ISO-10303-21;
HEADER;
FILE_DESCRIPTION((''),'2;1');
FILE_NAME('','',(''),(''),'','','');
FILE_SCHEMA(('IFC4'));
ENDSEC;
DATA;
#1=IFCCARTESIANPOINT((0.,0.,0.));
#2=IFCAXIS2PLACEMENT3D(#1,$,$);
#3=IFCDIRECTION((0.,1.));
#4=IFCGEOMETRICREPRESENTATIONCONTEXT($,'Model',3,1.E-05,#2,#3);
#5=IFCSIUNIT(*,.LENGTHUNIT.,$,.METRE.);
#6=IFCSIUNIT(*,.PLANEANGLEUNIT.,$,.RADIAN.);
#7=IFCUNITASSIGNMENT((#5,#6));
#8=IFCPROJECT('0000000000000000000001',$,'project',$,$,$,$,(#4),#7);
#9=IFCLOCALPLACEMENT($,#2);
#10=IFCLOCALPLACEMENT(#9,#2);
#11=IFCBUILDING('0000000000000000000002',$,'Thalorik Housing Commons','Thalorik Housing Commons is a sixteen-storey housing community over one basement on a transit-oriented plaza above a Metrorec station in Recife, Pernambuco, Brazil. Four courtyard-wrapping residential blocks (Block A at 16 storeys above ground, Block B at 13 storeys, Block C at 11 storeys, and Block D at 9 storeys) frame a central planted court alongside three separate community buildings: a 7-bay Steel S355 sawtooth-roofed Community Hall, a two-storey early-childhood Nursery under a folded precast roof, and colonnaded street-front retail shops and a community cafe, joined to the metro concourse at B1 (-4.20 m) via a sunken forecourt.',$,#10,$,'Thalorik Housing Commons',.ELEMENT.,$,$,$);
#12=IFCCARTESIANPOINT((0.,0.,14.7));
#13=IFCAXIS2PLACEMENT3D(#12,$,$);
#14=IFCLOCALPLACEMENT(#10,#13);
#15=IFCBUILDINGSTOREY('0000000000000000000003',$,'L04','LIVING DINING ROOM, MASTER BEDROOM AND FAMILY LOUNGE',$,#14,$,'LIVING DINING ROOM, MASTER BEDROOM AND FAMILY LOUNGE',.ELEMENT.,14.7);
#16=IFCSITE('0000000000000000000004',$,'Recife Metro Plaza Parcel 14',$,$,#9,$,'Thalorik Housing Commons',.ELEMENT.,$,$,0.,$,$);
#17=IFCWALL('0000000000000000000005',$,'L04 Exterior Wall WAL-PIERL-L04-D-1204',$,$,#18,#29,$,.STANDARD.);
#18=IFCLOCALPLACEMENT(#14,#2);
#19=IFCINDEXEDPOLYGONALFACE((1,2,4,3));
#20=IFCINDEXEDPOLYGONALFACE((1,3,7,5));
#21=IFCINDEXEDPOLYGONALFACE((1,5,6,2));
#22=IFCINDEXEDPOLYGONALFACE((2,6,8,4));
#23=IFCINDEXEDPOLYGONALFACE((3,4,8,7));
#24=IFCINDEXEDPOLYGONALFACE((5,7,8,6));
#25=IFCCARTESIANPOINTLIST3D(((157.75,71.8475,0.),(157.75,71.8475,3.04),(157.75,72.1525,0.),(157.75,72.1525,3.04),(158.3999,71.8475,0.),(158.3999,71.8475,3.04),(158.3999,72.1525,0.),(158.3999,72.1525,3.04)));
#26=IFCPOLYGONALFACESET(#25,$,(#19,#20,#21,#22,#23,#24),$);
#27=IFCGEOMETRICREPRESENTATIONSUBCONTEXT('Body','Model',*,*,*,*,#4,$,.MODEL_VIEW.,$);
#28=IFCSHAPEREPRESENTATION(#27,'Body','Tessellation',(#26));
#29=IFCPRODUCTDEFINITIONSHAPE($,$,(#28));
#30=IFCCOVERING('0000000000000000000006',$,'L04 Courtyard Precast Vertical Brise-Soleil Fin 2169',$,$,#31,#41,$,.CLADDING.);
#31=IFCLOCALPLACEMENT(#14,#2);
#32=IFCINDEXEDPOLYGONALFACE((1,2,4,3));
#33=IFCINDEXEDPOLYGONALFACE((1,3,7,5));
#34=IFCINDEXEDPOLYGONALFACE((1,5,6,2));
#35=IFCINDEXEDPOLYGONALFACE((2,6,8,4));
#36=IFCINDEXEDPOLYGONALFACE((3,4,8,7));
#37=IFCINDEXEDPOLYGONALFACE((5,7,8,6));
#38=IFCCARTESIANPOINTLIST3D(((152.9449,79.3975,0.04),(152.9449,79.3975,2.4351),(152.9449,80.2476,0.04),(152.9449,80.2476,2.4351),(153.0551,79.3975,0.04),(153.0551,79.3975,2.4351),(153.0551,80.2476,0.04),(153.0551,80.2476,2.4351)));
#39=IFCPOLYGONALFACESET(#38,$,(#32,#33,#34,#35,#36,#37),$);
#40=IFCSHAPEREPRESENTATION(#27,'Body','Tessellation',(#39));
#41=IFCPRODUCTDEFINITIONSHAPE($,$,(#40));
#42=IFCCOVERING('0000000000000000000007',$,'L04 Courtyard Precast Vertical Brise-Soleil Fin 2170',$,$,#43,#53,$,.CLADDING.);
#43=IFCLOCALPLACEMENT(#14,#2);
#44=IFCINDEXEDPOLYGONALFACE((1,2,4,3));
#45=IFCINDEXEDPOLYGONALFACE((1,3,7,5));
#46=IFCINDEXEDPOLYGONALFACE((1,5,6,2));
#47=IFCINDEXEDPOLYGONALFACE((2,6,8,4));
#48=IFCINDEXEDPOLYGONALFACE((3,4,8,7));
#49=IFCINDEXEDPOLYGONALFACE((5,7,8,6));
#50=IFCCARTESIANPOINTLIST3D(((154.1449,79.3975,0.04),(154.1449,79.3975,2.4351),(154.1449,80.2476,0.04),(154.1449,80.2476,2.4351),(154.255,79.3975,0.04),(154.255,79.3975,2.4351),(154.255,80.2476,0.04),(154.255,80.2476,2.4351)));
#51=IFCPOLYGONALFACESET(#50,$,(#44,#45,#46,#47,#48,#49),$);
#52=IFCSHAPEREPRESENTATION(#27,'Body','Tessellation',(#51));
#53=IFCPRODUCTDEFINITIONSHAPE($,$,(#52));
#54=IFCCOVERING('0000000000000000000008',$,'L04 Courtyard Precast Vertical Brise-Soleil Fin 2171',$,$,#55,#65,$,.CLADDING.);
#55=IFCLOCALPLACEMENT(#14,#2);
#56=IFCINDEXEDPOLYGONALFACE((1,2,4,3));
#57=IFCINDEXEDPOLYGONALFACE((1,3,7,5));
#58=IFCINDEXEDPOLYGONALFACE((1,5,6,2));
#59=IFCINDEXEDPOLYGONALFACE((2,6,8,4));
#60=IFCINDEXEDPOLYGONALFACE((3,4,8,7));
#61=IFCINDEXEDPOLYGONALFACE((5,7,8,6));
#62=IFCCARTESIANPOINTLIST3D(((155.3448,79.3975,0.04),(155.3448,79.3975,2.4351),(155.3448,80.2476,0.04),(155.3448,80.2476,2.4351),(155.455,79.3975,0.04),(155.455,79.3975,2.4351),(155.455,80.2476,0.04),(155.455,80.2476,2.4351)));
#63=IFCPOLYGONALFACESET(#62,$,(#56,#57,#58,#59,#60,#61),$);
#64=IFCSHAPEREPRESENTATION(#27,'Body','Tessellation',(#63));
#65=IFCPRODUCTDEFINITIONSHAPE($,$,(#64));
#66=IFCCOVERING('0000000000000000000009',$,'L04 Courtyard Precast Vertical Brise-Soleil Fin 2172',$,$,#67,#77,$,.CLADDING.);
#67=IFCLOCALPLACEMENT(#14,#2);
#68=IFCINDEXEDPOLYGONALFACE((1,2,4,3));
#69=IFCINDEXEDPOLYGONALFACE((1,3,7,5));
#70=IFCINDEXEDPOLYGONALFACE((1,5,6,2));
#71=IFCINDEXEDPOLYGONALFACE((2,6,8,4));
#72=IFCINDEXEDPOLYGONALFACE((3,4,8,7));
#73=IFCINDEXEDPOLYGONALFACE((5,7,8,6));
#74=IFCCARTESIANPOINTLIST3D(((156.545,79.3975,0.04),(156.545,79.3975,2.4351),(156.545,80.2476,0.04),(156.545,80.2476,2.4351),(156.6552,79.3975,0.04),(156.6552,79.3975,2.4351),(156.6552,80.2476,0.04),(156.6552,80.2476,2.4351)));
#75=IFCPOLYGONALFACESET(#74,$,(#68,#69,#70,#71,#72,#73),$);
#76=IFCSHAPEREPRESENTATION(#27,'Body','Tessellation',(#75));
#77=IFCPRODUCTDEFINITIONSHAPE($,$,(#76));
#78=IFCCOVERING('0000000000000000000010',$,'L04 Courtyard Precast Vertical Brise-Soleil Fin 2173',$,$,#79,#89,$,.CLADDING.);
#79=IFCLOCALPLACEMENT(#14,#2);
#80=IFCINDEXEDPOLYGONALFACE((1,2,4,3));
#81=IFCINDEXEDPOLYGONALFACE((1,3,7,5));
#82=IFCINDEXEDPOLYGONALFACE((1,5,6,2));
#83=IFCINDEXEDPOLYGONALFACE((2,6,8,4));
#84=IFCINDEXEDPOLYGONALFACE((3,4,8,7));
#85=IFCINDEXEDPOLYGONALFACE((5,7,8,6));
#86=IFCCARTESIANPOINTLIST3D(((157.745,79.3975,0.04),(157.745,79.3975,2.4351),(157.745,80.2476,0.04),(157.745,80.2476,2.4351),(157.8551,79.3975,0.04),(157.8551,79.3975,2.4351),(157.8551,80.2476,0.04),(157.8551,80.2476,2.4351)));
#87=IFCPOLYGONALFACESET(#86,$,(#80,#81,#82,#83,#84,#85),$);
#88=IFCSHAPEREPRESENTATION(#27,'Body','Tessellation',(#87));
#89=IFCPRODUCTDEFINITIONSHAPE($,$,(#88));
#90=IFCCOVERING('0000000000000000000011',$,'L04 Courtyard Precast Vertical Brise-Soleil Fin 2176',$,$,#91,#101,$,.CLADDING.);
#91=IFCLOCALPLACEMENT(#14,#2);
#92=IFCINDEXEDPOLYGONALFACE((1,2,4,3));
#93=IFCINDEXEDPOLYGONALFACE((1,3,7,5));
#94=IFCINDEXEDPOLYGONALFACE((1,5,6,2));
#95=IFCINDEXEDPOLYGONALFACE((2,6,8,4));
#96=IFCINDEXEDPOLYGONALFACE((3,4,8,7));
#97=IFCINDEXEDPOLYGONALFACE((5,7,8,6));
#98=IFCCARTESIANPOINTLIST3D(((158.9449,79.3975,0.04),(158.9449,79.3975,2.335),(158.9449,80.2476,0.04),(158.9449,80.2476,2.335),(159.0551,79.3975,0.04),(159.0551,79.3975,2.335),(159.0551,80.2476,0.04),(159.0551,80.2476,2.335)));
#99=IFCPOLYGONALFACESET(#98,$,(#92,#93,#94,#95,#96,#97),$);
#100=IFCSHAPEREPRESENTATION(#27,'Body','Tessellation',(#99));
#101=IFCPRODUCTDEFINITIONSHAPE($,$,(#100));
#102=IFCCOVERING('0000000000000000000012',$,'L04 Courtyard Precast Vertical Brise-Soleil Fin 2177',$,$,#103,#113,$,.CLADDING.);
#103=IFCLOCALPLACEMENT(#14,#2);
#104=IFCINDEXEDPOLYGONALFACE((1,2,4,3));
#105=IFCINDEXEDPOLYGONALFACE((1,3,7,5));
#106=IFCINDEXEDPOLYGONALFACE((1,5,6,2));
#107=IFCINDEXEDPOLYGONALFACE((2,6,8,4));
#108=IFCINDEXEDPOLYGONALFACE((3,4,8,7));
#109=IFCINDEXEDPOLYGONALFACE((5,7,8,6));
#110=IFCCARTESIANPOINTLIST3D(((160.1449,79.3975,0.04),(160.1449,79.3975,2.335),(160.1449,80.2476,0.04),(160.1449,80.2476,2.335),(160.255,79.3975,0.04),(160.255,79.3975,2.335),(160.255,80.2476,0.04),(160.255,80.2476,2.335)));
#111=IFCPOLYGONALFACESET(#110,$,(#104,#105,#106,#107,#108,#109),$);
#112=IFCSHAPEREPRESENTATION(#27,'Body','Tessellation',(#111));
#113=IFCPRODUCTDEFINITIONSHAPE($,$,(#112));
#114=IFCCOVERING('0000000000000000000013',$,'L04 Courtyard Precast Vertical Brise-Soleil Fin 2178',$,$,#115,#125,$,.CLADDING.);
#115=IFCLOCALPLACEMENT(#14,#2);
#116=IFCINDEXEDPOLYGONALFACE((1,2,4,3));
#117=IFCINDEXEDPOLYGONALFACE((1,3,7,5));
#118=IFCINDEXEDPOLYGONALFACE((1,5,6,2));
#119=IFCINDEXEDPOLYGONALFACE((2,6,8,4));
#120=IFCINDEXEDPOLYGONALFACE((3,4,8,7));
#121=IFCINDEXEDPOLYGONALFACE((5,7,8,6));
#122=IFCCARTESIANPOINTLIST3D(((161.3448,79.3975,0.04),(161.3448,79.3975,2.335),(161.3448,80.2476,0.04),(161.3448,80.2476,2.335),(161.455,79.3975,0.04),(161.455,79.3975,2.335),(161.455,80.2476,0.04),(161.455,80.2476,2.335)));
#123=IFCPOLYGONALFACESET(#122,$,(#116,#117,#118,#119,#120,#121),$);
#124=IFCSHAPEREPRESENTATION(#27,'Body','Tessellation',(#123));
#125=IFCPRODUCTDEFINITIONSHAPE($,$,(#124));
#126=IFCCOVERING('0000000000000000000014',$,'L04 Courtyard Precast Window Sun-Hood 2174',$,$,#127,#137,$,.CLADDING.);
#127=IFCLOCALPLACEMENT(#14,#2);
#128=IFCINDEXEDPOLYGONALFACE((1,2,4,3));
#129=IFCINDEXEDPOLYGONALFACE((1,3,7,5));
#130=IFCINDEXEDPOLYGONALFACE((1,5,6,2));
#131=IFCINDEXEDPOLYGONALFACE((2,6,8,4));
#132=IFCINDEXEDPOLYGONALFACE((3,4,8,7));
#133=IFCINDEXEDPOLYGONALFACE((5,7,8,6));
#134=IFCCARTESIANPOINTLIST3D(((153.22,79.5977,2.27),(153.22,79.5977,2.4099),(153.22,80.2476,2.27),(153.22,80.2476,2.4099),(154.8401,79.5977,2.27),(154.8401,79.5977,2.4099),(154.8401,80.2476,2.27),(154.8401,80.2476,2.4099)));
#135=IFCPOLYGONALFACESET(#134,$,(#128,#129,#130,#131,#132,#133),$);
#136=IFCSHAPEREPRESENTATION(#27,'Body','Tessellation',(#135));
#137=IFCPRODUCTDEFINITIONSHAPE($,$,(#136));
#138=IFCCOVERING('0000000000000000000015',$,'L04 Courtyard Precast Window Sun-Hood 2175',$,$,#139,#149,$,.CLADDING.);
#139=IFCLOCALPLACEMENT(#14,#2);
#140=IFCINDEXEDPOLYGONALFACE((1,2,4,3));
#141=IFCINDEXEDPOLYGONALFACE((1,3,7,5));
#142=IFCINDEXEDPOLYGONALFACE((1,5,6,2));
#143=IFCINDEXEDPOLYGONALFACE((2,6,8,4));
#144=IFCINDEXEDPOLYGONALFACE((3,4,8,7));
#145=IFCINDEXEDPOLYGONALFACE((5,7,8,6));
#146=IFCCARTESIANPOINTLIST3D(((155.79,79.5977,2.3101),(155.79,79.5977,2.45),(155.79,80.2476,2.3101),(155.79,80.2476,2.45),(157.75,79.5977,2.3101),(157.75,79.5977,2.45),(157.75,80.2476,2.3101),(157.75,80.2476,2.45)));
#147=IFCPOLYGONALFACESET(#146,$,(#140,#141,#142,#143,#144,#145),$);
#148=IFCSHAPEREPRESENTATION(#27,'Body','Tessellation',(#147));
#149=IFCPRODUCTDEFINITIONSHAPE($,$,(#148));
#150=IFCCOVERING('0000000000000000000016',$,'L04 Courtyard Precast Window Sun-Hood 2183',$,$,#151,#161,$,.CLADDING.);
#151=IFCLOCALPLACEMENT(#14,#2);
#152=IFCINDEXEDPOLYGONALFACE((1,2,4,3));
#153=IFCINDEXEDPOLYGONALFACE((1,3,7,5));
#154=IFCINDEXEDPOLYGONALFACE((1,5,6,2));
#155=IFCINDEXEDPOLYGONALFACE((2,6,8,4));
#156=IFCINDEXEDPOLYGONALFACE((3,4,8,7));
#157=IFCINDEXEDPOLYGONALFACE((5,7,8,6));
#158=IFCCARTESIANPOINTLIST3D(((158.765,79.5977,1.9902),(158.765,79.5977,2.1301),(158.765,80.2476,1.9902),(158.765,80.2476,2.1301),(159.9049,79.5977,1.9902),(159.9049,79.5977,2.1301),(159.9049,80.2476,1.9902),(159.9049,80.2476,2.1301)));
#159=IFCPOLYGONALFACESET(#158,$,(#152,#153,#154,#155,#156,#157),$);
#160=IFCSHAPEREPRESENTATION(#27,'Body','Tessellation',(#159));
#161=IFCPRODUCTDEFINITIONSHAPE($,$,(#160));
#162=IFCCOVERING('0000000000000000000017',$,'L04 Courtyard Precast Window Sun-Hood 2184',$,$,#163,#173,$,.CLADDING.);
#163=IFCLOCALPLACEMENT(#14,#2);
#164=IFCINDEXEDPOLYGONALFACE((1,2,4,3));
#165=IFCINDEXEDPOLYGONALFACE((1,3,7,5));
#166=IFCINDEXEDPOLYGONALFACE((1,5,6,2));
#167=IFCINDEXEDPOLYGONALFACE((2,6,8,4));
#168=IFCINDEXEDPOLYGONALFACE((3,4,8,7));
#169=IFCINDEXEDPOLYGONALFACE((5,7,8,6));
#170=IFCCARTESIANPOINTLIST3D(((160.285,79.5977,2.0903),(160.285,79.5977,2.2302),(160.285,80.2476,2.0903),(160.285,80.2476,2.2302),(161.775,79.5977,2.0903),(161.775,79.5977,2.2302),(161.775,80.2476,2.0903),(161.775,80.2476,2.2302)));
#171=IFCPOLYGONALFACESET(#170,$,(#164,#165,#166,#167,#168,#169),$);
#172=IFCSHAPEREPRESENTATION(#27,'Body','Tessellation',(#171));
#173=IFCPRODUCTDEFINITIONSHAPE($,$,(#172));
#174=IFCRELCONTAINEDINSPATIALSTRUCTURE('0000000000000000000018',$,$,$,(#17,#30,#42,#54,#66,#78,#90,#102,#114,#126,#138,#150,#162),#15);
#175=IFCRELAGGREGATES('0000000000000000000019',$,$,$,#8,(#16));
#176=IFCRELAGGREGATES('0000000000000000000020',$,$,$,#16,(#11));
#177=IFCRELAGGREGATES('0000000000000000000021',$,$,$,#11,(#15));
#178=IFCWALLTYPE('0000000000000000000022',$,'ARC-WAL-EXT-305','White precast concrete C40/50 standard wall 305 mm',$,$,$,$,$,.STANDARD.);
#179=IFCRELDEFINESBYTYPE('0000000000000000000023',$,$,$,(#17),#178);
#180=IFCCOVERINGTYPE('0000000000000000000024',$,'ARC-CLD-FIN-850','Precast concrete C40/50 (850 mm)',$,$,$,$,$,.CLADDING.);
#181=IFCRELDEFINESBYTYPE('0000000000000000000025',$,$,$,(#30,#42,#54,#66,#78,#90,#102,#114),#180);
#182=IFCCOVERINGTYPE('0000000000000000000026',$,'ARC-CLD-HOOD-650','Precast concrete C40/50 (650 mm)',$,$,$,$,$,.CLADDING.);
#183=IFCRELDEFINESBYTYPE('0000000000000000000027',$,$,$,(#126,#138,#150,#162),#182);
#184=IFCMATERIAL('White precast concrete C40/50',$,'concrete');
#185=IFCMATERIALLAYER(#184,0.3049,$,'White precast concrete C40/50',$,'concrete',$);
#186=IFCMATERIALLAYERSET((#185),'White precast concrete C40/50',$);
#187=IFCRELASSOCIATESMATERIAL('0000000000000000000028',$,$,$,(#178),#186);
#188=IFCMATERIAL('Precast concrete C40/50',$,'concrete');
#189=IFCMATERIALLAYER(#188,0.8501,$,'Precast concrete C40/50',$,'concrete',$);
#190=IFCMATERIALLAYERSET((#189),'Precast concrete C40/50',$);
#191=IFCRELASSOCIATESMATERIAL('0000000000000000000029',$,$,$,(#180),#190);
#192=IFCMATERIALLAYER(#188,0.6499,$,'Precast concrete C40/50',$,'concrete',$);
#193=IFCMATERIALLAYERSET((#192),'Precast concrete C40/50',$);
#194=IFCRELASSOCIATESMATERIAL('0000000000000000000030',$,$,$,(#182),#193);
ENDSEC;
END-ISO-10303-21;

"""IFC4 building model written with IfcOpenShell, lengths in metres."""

from ifc_helpers import new_model, si_unit, direction, frame, frame_2d, origin, origin_2d, place, context, subcontext, project, spatial, rectangle, extrude, material, layer, layer_set, type_object, element, save


model = new_model("IFC4")

# Units and contexts
model_context = context("Model", 3, precision=1e-05, world=origin(), true_north=direction((0.0, 1.0)))
body_context = subcontext(model_context, "Body", "Model", "MODEL_VIEW")
ifc_project = project(units=[si_unit("LENGTHUNIT", "METRE"), si_unit("PLANEANGLEUNIT", "RADIAN")], contexts=[model_context])

# Site, building, storey
site_placement = place(None, origin())
site = spatial("IfcSite", under=ifc_project, at=site_placement, Name="Recife Metro Plaza Parcel 14", LongName="Thalorik Housing Commons", CompositionType="ELEMENT", RefElevation=0.0)
building_placement = place(site_placement, origin())
building = spatial("IfcBuilding", under=site, at=building_placement, Name="Thalorik Housing Commons", Description="Thalorik Housing Commons is a sixteen-storey housing community over one basement on a transit-oriented plaza above a Metrorec station in Recife, Pernambuco, Brazil. Four courtyard-wrapping residential blocks (Block A at 16 storeys above ground, Block B at 13 storeys, Block C at 11 storeys, and Block D at 9 storeys) frame a central planted court alongside three separate community buildings: a 7-bay Steel S355 sawtooth-roofed Community Hall, a two-storey early-childhood Nursery under a folded precast roof, and colonnaded street-front retail shops and a community cafe, joined to the metro concourse at B1 (-4.20 m) via a sunken forecourt.", LongName="Thalorik Housing Commons", CompositionType="ELEMENT")
storey_placement = place(building_placement, frame((0.0, 0.0, 14.7)))
storey = spatial("IfcBuildingStorey", under=building, at=storey_placement, Name="L04", Description="LIVING DINING ROOM, MASTER BEDROOM AND FAMILY LOUNGE", LongName="LIVING DINING ROOM, MASTER BEDROOM AND FAMILY LOUNGE", CompositionType="ELEMENT", Elevation=14.7)

# Shared definitions
ifc_material_1 = material(Name="Precast concrete C40/50", Category="concrete")

# Wall
ifc_material_2 = material(Name="White precast concrete C40/50", Category="concrete")
ifc_layer_1 = layer(ifc_material_2, 0.3049, Name="White precast concrete C40/50", Category="concrete")
ifc_layer_set_1 = layer_set([ifc_layer_1], Name="White precast concrete C40/50")
wall_type = type_object("IfcWallType", Name="ARC-WAL-EXT-305", Description="White precast concrete C40/50 standard wall 305 mm", PredefinedType="STANDARD", material=ifc_layer_set_1)
wall_1_placement = place(storey_placement, frame((158.3999, 72.0, 0.0), z_axis=(0.0, 0.0, 1.0), x_axis=(-1.0, 0.0, 0.0)))
element("IfcWall", 1, at=wall_1_placement, inside=storey, type_object=wall_type, Name="L04 Exterior Wall WAL-PIERL-L04-D-1204", PredefinedType="STANDARD", context=body_context, shape_type="SweptSolid", body=[
    extrude(rectangle(XDim=0.6499, YDim=0.3049, at=frame_2d((0.325, 0.0))), origin(), (0.0, 0.0, 1.0), 3.04),
])

# Coverings
ifc_layer_2 = layer(ifc_material_1, 0.8501, Name="Precast concrete C40/50", Category="concrete")
ifc_layer_set_2 = layer_set([ifc_layer_2], Name="Precast concrete C40/50")
covering_type_1 = type_object("IfcCoveringType", Name="ARC-CLD-FIN-850", Description="Precast concrete C40/50 (850 mm)", PredefinedType="CLADDING", material=ifc_layer_set_2)
for number, where, z_axis, x_axis, name in (
    (2, (153.0, 79.8225, 0.04), (0.0, 0.0, 1.0), (1.0, 0.0, 0.0), "L04 Courtyard Precast Vertical Brise-Soleil Fin 2169"),
    (3, (154.2, 79.8225, 0.04), (0.0, 0.0, 1.0), (1.0, 0.0, 0.0), "L04 Courtyard Precast Vertical Brise-Soleil Fin 2170"),
    (4, (155.3999, 79.8225, 0.04), (0.0, 0.0, 1.0), (1.0, 0.0, 0.0), "L04 Courtyard Precast Vertical Brise-Soleil Fin 2171"),
    (5, (156.6001, 79.8225, 0.04), (0.0, 0.0, 1.0), (1.0, 0.0, 0.0), "L04 Courtyard Precast Vertical Brise-Soleil Fin 2172"),
    (6, (157.8, 79.8225, 0.04), (0.0, 0.0, 1.0), (1.0, 0.0, 0.0), "L04 Courtyard Precast Vertical Brise-Soleil Fin 2173"),
):
    element("IfcCovering", number, at=place(storey_placement, frame(where, z_axis=z_axis, x_axis=x_axis)), inside=storey, type_object=covering_type_1, Name=name, PredefinedType="CLADDING", context=body_context, shape_type="SweptSolid", body=[
        extrude(rectangle(XDim=0.1101, YDim=0.8501, at=origin_2d()), origin(), (0.0, 0.0, 1.0), 2.395),
    ])
for number, where, z_axis, x_axis, name in (
    (7, (159.0, 79.8225, 0.04), (0.0, 0.0, 1.0), (1.0, 0.0, 0.0), "L04 Courtyard Precast Vertical Brise-Soleil Fin 2176"),
    (8, (160.2, 79.8225, 0.04), (0.0, 0.0, 1.0), (1.0, 0.0, 0.0), "L04 Courtyard Precast Vertical Brise-Soleil Fin 2177"),
    (9, (161.3999, 79.8225, 0.04), (0.0, 0.0, 1.0), (1.0, 0.0, 0.0), "L04 Courtyard Precast Vertical Brise-Soleil Fin 2178"),
):
    element("IfcCovering", number, at=place(storey_placement, frame(where, z_axis=z_axis, x_axis=x_axis)), inside=storey, type_object=covering_type_1, Name=name, PredefinedType="CLADDING", context=body_context, shape_type="SweptSolid", body=[
        extrude(rectangle(XDim=0.1101, YDim=0.8501, at=origin_2d()), origin(), (0.0, 0.0, 1.0), 2.2949),
    ])
ifc_layer_3 = layer(ifc_material_1, 0.6499, Name="Precast concrete C40/50", Category="concrete")
ifc_layer_set_3 = layer_set([ifc_layer_3], Name="Precast concrete C40/50")
covering_type_2 = type_object("IfcCoveringType", Name="ARC-CLD-HOOD-650", Description="Precast concrete C40/50 (650 mm)", PredefinedType="CLADDING", material=ifc_layer_set_3)
covering_1_placement = place(storey_placement, frame((154.03, 79.9226, 2.27), z_axis=(0.0, 0.0, 1.0), x_axis=(1.0, 0.0, 0.0)))
element("IfcCovering", 10, at=covering_1_placement, inside=storey, type_object=covering_type_2, Name="L04 Courtyard Precast Window Sun-Hood 2174", PredefinedType="CLADDING", context=body_context, shape_type="SweptSolid", body=[
    extrude(rectangle(XDim=1.6201, YDim=0.6499, at=origin_2d()), origin(), (0.0, 0.0, 1.0), 0.1399),
])
covering_2_placement = place(storey_placement, frame((156.77, 79.9226, 2.3101), z_axis=(0.0, 0.0, 1.0), x_axis=(1.0, 0.0, 0.0)))
element("IfcCovering", 11, at=covering_2_placement, inside=storey, type_object=covering_type_2, Name="L04 Courtyard Precast Window Sun-Hood 2175", PredefinedType="CLADDING", context=body_context, shape_type="SweptSolid", body=[
    extrude(rectangle(XDim=1.96, YDim=0.6499, at=origin_2d()), origin(), (0.0, 0.0, 1.0), 0.1399),
])
covering_3_placement = place(storey_placement, frame((159.335, 79.9226, 1.9902), z_axis=(0.0, 0.0, 1.0), x_axis=(1.0, 0.0, 0.0)))
element("IfcCovering", 12, at=covering_3_placement, inside=storey, type_object=covering_type_2, Name="L04 Courtyard Precast Window Sun-Hood 2183", PredefinedType="CLADDING", context=body_context, shape_type="SweptSolid", body=[
    extrude(rectangle(XDim=1.1399, YDim=0.6499, at=origin_2d()), origin(), (0.0, 0.0, 1.0), 0.1399),
])
covering_4_placement = place(storey_placement, frame((161.03, 79.9226, 2.0903), z_axis=(0.0, 0.0, 1.0), x_axis=(1.0, 0.0, 0.0)))
element("IfcCovering", 13, at=covering_4_placement, inside=storey, type_object=covering_type_2, Name="L04 Courtyard Precast Window Sun-Hood 2184", PredefinedType="CLADDING", context=body_context, shape_type="SweptSolid", body=[
    extrude(rectangle(XDim=1.49, YDim=0.6499, at=origin_2d()), origin(), (0.0, 0.0, 1.0), 0.1399),
])

save(model, "model.ifc")
